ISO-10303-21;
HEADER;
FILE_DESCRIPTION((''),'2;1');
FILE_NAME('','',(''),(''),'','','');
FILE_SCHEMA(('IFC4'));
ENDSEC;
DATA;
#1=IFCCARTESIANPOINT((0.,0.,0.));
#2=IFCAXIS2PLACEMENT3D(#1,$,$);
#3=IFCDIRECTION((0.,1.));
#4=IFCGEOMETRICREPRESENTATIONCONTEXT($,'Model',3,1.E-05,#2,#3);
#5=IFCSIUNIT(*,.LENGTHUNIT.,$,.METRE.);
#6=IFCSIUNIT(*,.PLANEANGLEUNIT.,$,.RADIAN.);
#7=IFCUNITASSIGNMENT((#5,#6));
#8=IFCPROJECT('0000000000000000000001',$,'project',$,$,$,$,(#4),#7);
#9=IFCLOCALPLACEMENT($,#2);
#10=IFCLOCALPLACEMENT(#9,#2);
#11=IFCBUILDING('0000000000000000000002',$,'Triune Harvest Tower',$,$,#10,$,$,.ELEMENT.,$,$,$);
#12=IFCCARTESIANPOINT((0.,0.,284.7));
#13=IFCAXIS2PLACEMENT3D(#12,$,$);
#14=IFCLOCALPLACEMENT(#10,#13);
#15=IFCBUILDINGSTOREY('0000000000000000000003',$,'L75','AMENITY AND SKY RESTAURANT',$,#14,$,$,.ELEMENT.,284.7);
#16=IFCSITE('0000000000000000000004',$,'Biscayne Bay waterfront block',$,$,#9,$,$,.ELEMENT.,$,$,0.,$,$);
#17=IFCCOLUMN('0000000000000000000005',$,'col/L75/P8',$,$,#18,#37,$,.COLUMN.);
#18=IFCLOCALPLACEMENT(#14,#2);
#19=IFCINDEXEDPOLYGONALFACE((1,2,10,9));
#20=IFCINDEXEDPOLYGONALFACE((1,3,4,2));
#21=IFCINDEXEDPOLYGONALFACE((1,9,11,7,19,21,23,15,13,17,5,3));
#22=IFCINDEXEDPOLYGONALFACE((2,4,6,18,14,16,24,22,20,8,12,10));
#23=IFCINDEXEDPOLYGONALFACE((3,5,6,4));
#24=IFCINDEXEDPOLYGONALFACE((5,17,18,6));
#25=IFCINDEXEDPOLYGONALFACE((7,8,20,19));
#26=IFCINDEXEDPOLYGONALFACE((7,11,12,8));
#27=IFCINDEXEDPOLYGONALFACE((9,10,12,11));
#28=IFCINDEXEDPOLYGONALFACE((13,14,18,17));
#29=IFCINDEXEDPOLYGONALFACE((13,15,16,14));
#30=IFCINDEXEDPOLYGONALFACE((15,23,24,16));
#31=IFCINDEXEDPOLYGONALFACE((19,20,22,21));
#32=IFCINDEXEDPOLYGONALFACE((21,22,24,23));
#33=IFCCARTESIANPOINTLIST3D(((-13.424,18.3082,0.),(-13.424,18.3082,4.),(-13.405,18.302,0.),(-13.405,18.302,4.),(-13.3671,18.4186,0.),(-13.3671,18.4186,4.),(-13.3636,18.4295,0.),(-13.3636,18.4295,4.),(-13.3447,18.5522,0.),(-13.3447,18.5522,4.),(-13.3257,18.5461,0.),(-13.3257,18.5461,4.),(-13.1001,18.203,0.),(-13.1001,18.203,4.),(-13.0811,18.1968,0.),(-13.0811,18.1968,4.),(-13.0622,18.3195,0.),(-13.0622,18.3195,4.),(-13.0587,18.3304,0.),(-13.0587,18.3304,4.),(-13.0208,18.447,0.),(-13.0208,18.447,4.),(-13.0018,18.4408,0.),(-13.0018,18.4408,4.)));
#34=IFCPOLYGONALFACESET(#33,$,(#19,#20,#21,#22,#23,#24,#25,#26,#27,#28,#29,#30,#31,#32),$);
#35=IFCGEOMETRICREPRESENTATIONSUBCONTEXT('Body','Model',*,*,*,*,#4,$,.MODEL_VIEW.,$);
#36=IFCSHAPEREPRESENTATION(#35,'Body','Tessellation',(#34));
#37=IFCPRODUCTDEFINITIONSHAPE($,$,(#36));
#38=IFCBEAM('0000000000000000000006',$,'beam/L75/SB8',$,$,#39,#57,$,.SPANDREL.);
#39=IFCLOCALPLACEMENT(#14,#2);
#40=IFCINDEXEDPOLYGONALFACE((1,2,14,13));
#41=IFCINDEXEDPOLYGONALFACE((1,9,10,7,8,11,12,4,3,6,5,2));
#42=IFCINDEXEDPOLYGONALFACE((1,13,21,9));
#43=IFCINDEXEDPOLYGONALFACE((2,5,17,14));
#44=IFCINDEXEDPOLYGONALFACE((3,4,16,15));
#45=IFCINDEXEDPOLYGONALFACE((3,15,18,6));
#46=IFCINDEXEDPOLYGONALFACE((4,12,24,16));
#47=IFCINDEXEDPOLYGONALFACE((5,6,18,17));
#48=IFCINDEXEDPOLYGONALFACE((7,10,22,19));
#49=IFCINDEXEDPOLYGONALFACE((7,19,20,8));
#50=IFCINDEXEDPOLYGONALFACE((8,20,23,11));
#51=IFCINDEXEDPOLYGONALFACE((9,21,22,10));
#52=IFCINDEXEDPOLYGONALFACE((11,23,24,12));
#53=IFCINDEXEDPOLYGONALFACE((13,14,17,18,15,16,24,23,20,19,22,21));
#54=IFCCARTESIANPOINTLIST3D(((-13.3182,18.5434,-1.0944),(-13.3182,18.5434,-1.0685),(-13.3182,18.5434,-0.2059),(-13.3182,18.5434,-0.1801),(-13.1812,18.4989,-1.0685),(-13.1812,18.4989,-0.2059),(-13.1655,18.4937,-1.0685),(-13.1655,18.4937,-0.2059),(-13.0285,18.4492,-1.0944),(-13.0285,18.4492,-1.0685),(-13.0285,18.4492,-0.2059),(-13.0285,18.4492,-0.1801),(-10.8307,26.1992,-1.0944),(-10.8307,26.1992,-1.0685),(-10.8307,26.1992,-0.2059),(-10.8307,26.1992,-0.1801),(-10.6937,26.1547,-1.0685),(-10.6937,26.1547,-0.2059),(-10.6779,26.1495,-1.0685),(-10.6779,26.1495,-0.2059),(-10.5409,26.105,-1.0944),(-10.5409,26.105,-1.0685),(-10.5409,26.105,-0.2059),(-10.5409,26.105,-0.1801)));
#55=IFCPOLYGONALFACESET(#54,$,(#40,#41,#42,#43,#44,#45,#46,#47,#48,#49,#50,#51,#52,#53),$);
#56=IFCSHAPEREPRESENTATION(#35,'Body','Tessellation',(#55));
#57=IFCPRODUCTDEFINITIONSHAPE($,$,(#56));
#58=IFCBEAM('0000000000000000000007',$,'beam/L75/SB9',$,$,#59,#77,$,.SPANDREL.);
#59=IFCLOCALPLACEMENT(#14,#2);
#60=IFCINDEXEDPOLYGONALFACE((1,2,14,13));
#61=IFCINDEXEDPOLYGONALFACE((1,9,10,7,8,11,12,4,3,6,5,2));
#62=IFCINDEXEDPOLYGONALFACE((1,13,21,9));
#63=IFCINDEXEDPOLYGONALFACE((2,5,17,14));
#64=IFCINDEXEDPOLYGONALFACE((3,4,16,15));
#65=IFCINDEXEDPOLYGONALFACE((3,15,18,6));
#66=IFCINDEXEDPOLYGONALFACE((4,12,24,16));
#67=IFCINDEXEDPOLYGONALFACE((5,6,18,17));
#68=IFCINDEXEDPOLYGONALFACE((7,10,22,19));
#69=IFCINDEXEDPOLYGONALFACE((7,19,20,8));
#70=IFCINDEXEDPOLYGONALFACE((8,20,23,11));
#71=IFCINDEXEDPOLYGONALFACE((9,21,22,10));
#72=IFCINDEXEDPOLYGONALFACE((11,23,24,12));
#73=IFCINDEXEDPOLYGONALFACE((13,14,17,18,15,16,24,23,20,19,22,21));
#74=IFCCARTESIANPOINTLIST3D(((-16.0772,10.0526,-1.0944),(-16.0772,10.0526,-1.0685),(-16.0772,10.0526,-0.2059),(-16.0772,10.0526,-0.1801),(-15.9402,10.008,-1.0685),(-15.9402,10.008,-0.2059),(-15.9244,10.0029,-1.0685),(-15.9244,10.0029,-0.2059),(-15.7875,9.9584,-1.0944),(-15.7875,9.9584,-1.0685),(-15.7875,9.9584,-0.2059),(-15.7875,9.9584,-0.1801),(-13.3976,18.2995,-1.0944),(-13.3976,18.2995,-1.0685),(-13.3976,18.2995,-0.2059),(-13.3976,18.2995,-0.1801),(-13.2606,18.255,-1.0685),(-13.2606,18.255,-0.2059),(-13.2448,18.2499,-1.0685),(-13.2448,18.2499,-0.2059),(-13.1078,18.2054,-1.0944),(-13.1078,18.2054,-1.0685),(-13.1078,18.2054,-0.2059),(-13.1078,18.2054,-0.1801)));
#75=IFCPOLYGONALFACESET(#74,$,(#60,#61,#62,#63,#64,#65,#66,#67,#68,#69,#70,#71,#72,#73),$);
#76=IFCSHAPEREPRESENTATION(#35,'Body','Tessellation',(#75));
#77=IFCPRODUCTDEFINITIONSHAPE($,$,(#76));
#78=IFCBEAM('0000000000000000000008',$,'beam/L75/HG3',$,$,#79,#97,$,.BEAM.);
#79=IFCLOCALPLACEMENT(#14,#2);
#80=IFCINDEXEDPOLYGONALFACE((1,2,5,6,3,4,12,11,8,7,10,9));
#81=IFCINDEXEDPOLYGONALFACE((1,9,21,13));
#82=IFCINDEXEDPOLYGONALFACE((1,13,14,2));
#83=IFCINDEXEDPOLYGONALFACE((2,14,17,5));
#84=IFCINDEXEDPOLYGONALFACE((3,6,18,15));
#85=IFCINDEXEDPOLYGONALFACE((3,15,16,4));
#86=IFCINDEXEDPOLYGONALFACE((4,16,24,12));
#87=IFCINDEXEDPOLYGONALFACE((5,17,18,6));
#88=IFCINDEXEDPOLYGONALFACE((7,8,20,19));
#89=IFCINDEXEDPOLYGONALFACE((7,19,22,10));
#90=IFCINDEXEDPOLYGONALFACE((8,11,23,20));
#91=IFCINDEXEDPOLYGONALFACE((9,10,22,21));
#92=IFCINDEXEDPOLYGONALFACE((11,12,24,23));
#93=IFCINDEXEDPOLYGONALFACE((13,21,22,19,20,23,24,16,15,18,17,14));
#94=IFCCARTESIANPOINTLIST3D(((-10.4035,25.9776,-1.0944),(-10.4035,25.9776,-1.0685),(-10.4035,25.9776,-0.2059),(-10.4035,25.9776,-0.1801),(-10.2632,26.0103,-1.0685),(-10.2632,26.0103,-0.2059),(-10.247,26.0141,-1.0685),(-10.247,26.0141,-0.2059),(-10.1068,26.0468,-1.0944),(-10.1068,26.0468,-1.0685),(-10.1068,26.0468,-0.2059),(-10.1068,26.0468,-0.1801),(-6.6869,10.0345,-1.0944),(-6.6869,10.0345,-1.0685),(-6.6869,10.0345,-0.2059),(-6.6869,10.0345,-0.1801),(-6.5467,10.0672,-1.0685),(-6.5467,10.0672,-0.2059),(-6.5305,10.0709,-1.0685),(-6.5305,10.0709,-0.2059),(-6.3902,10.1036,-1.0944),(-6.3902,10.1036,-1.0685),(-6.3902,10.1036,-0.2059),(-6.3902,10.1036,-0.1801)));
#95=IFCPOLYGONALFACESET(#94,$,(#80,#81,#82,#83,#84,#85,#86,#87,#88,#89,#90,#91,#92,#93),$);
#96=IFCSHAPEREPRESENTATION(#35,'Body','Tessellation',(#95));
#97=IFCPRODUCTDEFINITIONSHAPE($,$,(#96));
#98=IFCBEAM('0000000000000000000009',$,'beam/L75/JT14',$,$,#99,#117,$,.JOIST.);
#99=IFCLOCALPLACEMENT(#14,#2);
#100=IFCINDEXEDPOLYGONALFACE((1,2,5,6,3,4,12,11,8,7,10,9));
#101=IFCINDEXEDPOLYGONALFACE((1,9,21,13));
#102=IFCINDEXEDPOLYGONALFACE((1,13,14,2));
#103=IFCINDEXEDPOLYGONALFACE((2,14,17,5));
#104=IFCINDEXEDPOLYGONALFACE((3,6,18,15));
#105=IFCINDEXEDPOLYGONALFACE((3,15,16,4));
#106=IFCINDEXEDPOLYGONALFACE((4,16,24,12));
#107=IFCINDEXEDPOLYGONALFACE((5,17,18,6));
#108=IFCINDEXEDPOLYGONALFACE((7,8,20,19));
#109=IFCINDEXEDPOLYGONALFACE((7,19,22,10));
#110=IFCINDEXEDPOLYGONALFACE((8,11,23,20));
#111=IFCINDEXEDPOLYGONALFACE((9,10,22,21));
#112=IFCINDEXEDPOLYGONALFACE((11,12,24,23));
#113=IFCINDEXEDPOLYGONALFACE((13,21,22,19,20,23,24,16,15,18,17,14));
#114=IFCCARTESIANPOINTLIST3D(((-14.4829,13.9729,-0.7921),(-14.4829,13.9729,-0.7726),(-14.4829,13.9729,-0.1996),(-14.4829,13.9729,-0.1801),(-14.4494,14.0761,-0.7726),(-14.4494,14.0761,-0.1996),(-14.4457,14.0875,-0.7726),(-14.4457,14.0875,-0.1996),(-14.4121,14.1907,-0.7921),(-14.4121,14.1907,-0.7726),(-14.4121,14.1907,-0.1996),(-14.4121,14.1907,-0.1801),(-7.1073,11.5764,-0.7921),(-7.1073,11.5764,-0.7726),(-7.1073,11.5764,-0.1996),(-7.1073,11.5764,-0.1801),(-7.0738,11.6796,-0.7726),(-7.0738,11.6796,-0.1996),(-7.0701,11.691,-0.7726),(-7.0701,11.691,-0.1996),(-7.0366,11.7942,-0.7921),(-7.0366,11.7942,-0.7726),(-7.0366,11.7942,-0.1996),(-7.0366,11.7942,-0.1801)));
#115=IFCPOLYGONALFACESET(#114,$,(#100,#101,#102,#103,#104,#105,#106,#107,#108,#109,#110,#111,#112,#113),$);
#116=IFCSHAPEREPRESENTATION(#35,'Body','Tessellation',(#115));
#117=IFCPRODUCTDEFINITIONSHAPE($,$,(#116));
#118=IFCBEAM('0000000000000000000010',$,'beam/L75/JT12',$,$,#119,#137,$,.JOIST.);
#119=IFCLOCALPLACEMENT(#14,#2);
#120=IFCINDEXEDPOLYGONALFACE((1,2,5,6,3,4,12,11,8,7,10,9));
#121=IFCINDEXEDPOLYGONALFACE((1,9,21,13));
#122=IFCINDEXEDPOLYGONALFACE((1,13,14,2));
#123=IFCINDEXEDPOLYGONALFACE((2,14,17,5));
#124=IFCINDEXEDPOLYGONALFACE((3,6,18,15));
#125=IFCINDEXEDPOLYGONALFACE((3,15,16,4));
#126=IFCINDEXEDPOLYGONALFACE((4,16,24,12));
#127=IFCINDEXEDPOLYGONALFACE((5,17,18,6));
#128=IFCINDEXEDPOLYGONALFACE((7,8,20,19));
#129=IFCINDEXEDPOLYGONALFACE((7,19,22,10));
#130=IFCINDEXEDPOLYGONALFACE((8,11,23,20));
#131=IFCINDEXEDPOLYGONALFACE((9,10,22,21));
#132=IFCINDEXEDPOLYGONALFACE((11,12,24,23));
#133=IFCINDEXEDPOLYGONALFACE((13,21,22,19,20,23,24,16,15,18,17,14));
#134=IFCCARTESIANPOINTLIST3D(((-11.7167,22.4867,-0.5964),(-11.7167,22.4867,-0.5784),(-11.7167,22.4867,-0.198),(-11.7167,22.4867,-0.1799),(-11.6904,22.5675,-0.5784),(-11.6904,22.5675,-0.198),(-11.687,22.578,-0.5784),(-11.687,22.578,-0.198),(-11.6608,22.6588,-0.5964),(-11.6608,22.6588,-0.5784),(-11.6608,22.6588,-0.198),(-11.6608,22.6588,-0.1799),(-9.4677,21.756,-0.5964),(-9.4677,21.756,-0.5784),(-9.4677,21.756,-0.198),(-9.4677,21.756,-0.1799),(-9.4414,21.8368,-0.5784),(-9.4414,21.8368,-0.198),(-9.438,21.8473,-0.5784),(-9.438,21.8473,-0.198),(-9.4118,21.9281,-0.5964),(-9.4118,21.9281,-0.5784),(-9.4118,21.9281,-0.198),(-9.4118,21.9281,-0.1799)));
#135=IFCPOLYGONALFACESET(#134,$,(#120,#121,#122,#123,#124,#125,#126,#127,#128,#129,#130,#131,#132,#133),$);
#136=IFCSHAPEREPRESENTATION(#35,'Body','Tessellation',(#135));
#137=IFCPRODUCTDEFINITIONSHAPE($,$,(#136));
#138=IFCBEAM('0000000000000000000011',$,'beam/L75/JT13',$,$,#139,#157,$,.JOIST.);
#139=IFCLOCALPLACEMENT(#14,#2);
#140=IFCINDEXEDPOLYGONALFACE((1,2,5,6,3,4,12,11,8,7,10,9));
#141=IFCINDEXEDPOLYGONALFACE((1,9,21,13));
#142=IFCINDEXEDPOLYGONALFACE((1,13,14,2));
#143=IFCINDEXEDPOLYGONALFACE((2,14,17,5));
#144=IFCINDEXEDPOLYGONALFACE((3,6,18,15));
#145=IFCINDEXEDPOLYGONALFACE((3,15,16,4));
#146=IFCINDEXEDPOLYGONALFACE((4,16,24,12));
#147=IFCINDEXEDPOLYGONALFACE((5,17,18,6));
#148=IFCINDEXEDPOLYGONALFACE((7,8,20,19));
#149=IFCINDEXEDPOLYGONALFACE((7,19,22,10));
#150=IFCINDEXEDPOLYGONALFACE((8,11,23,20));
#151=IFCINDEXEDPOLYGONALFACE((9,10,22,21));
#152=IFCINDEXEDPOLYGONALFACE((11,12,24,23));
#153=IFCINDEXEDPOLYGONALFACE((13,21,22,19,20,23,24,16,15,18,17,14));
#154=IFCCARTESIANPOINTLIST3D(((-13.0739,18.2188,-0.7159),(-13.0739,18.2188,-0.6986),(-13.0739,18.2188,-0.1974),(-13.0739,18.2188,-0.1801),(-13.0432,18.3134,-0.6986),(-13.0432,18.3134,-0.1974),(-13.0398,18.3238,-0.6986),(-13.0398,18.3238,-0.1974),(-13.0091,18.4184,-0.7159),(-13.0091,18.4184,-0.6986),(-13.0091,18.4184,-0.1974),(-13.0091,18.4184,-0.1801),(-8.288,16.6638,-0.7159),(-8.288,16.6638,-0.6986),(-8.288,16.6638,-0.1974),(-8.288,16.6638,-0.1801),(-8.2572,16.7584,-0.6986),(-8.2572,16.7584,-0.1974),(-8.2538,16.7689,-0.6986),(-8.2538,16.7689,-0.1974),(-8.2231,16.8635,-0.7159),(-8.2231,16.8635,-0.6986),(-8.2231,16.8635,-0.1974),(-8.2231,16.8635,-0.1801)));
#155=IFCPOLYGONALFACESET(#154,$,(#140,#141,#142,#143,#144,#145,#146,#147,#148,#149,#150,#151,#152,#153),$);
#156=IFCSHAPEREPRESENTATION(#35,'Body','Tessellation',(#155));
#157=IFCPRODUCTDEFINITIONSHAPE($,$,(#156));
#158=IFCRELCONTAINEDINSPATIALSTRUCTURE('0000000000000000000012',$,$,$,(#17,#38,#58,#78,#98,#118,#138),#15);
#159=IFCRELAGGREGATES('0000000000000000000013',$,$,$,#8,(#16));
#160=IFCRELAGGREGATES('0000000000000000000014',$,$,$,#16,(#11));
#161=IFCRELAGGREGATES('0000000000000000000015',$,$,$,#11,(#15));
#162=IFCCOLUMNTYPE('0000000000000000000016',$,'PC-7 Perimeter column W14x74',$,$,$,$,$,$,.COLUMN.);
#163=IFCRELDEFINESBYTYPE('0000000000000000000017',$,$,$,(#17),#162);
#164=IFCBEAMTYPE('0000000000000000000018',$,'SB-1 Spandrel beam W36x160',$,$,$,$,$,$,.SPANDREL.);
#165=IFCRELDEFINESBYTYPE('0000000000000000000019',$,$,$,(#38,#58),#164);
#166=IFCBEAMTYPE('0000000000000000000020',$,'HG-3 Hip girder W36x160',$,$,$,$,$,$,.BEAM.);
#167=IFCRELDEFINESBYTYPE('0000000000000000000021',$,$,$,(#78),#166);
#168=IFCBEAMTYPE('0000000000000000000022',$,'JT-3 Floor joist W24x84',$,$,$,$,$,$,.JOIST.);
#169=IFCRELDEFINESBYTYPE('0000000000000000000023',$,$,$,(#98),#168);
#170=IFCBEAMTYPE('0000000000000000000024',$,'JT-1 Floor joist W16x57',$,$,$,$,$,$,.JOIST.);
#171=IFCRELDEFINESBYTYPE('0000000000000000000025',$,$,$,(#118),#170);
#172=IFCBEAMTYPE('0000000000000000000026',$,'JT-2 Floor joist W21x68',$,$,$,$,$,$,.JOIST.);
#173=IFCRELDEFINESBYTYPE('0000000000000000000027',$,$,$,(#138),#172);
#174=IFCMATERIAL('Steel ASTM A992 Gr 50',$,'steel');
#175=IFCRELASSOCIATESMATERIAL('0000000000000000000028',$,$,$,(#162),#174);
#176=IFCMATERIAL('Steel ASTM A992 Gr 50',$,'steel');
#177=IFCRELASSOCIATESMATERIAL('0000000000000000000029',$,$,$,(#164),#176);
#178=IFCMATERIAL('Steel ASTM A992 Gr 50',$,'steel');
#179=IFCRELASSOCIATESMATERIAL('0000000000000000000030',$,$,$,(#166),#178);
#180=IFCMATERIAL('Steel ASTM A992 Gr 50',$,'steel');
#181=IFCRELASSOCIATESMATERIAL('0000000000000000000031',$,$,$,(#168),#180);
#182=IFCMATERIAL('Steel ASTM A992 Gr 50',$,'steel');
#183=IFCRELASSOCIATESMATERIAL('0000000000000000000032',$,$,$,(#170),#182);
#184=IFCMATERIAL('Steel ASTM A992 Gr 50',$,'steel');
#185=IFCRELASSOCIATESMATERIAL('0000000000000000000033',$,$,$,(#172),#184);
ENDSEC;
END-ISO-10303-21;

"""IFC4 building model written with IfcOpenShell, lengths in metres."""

from ifc_helpers import new_model, si_unit, direction, frame, origin, origin_2d, place, context, subcontext, project, spatial, i_section, extrude, source, transform, mapped, material, material_profile, profile_set, type_object, element, save


model = new_model("IFC4")

# Units and contexts
model_context = context("Model", 3, precision=1e-05, world=origin(), true_north=direction((0.0, 1.0)))
body_context = subcontext(model_context, "Body", "Model", "MODEL_VIEW")
ifc_project = project(units=[si_unit("LENGTHUNIT", "METRE"), si_unit("PLANEANGLEUNIT", "RADIAN")], contexts=[model_context])

# Site, building, storey
site_placement = place(None, origin())
site = spatial("IfcSite", under=ifc_project, at=site_placement, Name="Biscayne Bay waterfront block", CompositionType="ELEMENT", RefElevation=0.0)
building_placement = place(site_placement, origin())
building = spatial("IfcBuilding", under=site, at=building_placement, Name="Triune Harvest Tower", CompositionType="ELEMENT")
storey_placement = place(building_placement, frame((0.0, 0.0, 284.7)))
storey = spatial("IfcBuildingStorey", under=building, at=storey_placement, Name="L75", Description="AMENITY AND SKY RESTAURANT", CompositionType="ELEMENT", Elevation=284.7)

# Column
ifc_material_1 = material(Name="Steel ASTM A992 Gr 50", Category="steel")
ifc_material_profile_1 = material_profile(ifc_material_1, i_section(OverallWidth=0.2566, OverallDepth=0.3606, WebThickness=0.0115, FlangeThickness=0.02, at=origin_2d()), Name="W14x74")
ifc_profile_set_1 = profile_set([ifc_material_profile_1], Name="Steel ASTM A992 Gr 50")
column_type = type_object("IfcColumnType", Name="PC-7 Perimeter column W14x74", PredefinedType="COLUMN", material=ifc_profile_set_1)
shared_shape_1 = source(origin(), body_context, "Body", "SweptSolid", [
    extrude(i_section(OverallWidth=0.2566, OverallDepth=0.3606, WebThickness=0.0115, FlangeThickness=0.02, at=origin_2d()), origin(), (0.0, 0.0, 1.0), 4.0),
])
column_placement = place(storey_placement, frame((-13.2129, 18.3745, 0.0), z_axis=(0.0, 0.0, 1.0), x_axis=(-0.309015, -0.951057, 0.0)))
element("IfcColumn", 1, at=column_placement, inside=storey, type_object=column_type, Name="col/L75/P8", PredefinedType="COLUMN", context=body_context, shape_type="MappedRepresentation", body=[
    mapped(shared_shape_1, transform((0.0, 0.0, 0.0), scale=1.0)),
])

# Beams
ifc_material_2 = material(Name="Steel ASTM A992 Gr 50", Category="steel")
ifc_material_profile_2 = material_profile(ifc_material_2, i_section(OverallWidth=0.3047, OverallDepth=0.9143, WebThickness=0.0166, FlangeThickness=0.0259, at=origin_2d()), Name="W36x160")
ifc_profile_set_2 = profile_set([ifc_material_profile_2], Name="Steel ASTM A992 Gr 50")
beam_type_1 = type_object("IfcBeamType", Name="SB-1 Spandrel beam W36x160", PredefinedType="SPANDREL", material=ifc_profile_set_2)
shared_shape_2 = source(origin(), body_context, "Body", "SweptSolid", [
    extrude(i_section(OverallWidth=0.3047, OverallDepth=0.9143, WebThickness=0.0166, FlangeThickness=0.0259, at=origin_2d()), origin(), (0.0, 0.0, 1.0), 8.0498),
])
beam_1_placement = place(storey_placement, frame((-10.6858, 26.1521, -0.6372), z_axis=(-0.309022, -0.951055, 0.0), x_axis=(0.951055, -0.309022, 0.0)))
element("IfcBeam", 2, at=beam_1_placement, inside=storey, type_object=beam_type_1, Name="beam/L75/SB8", PredefinedType="SPANDREL", context=body_context, shape_type="MappedRepresentation", body=[
    mapped(shared_shape_2, transform((0.0, 0.0, 0.0), scale=1.0)),
])
shared_shape_3 = source(origin(), body_context, "Body", "SweptSolid", [
    extrude(i_section(OverallWidth=0.3047, OverallDepth=0.9143, WebThickness=0.0166, FlangeThickness=0.0259, at=origin_2d()), origin(), (0.0, 0.0, 1.0), 8.6714),
])
beam_2_placement = place(storey_placement, frame((-13.2527, 18.2524, -0.6372), z_axis=(-0.309022, -0.951055, 0.0), x_axis=(0.951055, -0.309022, 0.0)))
element("IfcBeam", 3, at=beam_2_placement, inside=storey, type_object=beam_type_1, Name="beam/L75/SB9", PredefinedType="SPANDREL", context=body_context, shape_type="MappedRepresentation", body=[
    mapped(shared_shape_3, transform((0.0, 0.0, 0.0), scale=1.0)),
])
ifc_material_3 = material(Name="Steel ASTM A992 Gr 50", Category="steel")
ifc_material_profile_3 = material_profile(ifc_material_3, i_section(OverallWidth=0.3047, OverallDepth=0.9143, WebThickness=0.0166, FlangeThickness=0.0259, at=origin_2d()), Name="W36x160")
ifc_profile_set_3 = profile_set([ifc_material_profile_3], Name="Steel ASTM A992 Gr 50")
beam_type_2 = type_object("IfcBeamType", Name="HG-3 Hip girder W36x160", PredefinedType="BEAM", material=ifc_profile_set_3)
shared_shape_4 = source(origin(), body_context, "Body", "SweptSolid", [
    extrude(i_section(OverallWidth=0.3047, OverallDepth=0.9143, WebThickness=0.0166, FlangeThickness=0.0259, at=origin_2d()), origin(), (0.0, 0.0, 1.0), 16.3706),
])
beam_3_placement = place(storey_placement, frame((-10.2551, 26.0122, -0.6372), z_axis=(0.227026, -0.973889, 0.0), x_axis=(0.973889, 0.227026, 0.0)))
element("IfcBeam", 4, at=beam_3_placement, inside=storey, type_object=beam_type_2, Name="beam/L75/HG3", PredefinedType="BEAM", context=body_context, shape_type="MappedRepresentation", body=[
    mapped(shared_shape_4, transform((0.0, 0.0, 0.0), scale=1.0)),
])
ifc_material_4 = material(Name="Steel ASTM A992 Gr 50", Category="steel")
ifc_material_profile_4 = material_profile(ifc_material_4, i_section(OverallWidth=0.229, OverallDepth=0.6121, WebThickness=0.012, FlangeThickness=0.0195, at=origin_2d()), Name="W24x84")
ifc_profile_set_4 = profile_set([ifc_material_profile_4], Name="Steel ASTM A992 Gr 50")
beam_type_3 = type_object("IfcBeamType", Name="JT-3 Floor joist W24x84", PredefinedType="JOIST", material=ifc_profile_set_4)
shared_shape_5 = source(origin(), body_context, "Body", "SweptSolid", [
    extrude(i_section(OverallWidth=0.229, OverallDepth=0.6121, WebThickness=0.012, FlangeThickness=0.0195, at=origin_2d()), origin(), (0.0, 0.0, 1.0), 7.7551),
])
beam_4_placement = place(storey_placement, frame((-14.4475, 14.0818, -0.4861), z_axis=(0.951055, -0.309022, 0.0), x_axis=(0.309022, 0.951055, 0.0)))
element("IfcBeam", 5, at=beam_4_placement, inside=storey, type_object=beam_type_3, Name="beam/L75/JT14", PredefinedType="JOIST", context=body_context, shape_type="MappedRepresentation", body=[
    mapped(shared_shape_5, transform((0.0, 0.0, 0.0), scale=1.0)),
])
ifc_material_5 = material(Name="Steel ASTM A992 Gr 50", Category="steel")
ifc_material_profile_5 = material_profile(ifc_material_5, i_section(OverallWidth=0.1809, OverallDepth=0.4165, WebThickness=0.011, FlangeThickness=0.0181, at=origin_2d()), Name="W16x57")
ifc_profile_set_5 = profile_set([ifc_material_profile_5], Name="Steel ASTM A992 Gr 50")
beam_type_4 = type_object("IfcBeamType", Name="JT-1 Floor joist W16x57", PredefinedType="JOIST", material=ifc_profile_set_5)
shared_shape_6 = source(origin(), body_context, "Body", "SweptSolid", [
    extrude(i_section(OverallWidth=0.1809, OverallDepth=0.4165, WebThickness=0.011, FlangeThickness=0.0181, at=origin_2d()), origin(), (0.0, 0.0, 1.0), 2.3647),
])
beam_5_placement = place(storey_placement, frame((-11.6887, 22.5728, -0.3882), z_axis=(0.951061, -0.309002, 0.0), x_axis=(0.309002, 0.951061, 0.0)))
element("IfcBeam", 6, at=beam_5_placement, inside=storey, type_object=beam_type_4, Name="beam/L75/JT12", PredefinedType="JOIST", context=body_context, shape_type="MappedRepresentation", body=[
    mapped(shared_shape_6, transform((0.0, 0.0, 0.0), scale=1.0)),
])
ifc_material_6 = material(Name="Steel ASTM A992 Gr 50", Category="steel")
ifc_material_profile_6 = material_profile(ifc_material_6, i_section(OverallWidth=0.21, OverallDepth=0.5359, WebThickness=0.011, FlangeThickness=0.0173, at=origin_2d()), Name="W21x68")
ifc_profile_set_6 = profile_set([ifc_material_profile_6], Name="Steel ASTM A992 Gr 50")
beam_type_5 = type_object("IfcBeamType", Name="JT-2 Floor joist W21x68", PredefinedType="JOIST", material=ifc_profile_set_6)
shared_shape_7 = source(origin(), body_context, "Body", "SweptSolid", [
    extrude(i_section(OverallWidth=0.21, OverallDepth=0.5359, WebThickness=0.011, FlangeThickness=0.0173, at=origin_2d()), origin(), (0.0, 0.0, 1.0), 5.0322),
])
beam_6_placement = place(storey_placement, frame((-13.0415, 18.3186, -0.448), z_axis=(0.951062, -0.308999, 0.0), x_axis=(0.308999, 0.951062, 0.0)))
element("IfcBeam", 7, at=beam_6_placement, inside=storey, type_object=beam_type_5, Name="beam/L75/JT13", PredefinedType="JOIST", context=body_context, shape_type="MappedRepresentation", body=[
    mapped(shared_shape_7, transform((0.0, 0.0, 0.0), scale=1.0)),
])

save(model, "model.ifc")
